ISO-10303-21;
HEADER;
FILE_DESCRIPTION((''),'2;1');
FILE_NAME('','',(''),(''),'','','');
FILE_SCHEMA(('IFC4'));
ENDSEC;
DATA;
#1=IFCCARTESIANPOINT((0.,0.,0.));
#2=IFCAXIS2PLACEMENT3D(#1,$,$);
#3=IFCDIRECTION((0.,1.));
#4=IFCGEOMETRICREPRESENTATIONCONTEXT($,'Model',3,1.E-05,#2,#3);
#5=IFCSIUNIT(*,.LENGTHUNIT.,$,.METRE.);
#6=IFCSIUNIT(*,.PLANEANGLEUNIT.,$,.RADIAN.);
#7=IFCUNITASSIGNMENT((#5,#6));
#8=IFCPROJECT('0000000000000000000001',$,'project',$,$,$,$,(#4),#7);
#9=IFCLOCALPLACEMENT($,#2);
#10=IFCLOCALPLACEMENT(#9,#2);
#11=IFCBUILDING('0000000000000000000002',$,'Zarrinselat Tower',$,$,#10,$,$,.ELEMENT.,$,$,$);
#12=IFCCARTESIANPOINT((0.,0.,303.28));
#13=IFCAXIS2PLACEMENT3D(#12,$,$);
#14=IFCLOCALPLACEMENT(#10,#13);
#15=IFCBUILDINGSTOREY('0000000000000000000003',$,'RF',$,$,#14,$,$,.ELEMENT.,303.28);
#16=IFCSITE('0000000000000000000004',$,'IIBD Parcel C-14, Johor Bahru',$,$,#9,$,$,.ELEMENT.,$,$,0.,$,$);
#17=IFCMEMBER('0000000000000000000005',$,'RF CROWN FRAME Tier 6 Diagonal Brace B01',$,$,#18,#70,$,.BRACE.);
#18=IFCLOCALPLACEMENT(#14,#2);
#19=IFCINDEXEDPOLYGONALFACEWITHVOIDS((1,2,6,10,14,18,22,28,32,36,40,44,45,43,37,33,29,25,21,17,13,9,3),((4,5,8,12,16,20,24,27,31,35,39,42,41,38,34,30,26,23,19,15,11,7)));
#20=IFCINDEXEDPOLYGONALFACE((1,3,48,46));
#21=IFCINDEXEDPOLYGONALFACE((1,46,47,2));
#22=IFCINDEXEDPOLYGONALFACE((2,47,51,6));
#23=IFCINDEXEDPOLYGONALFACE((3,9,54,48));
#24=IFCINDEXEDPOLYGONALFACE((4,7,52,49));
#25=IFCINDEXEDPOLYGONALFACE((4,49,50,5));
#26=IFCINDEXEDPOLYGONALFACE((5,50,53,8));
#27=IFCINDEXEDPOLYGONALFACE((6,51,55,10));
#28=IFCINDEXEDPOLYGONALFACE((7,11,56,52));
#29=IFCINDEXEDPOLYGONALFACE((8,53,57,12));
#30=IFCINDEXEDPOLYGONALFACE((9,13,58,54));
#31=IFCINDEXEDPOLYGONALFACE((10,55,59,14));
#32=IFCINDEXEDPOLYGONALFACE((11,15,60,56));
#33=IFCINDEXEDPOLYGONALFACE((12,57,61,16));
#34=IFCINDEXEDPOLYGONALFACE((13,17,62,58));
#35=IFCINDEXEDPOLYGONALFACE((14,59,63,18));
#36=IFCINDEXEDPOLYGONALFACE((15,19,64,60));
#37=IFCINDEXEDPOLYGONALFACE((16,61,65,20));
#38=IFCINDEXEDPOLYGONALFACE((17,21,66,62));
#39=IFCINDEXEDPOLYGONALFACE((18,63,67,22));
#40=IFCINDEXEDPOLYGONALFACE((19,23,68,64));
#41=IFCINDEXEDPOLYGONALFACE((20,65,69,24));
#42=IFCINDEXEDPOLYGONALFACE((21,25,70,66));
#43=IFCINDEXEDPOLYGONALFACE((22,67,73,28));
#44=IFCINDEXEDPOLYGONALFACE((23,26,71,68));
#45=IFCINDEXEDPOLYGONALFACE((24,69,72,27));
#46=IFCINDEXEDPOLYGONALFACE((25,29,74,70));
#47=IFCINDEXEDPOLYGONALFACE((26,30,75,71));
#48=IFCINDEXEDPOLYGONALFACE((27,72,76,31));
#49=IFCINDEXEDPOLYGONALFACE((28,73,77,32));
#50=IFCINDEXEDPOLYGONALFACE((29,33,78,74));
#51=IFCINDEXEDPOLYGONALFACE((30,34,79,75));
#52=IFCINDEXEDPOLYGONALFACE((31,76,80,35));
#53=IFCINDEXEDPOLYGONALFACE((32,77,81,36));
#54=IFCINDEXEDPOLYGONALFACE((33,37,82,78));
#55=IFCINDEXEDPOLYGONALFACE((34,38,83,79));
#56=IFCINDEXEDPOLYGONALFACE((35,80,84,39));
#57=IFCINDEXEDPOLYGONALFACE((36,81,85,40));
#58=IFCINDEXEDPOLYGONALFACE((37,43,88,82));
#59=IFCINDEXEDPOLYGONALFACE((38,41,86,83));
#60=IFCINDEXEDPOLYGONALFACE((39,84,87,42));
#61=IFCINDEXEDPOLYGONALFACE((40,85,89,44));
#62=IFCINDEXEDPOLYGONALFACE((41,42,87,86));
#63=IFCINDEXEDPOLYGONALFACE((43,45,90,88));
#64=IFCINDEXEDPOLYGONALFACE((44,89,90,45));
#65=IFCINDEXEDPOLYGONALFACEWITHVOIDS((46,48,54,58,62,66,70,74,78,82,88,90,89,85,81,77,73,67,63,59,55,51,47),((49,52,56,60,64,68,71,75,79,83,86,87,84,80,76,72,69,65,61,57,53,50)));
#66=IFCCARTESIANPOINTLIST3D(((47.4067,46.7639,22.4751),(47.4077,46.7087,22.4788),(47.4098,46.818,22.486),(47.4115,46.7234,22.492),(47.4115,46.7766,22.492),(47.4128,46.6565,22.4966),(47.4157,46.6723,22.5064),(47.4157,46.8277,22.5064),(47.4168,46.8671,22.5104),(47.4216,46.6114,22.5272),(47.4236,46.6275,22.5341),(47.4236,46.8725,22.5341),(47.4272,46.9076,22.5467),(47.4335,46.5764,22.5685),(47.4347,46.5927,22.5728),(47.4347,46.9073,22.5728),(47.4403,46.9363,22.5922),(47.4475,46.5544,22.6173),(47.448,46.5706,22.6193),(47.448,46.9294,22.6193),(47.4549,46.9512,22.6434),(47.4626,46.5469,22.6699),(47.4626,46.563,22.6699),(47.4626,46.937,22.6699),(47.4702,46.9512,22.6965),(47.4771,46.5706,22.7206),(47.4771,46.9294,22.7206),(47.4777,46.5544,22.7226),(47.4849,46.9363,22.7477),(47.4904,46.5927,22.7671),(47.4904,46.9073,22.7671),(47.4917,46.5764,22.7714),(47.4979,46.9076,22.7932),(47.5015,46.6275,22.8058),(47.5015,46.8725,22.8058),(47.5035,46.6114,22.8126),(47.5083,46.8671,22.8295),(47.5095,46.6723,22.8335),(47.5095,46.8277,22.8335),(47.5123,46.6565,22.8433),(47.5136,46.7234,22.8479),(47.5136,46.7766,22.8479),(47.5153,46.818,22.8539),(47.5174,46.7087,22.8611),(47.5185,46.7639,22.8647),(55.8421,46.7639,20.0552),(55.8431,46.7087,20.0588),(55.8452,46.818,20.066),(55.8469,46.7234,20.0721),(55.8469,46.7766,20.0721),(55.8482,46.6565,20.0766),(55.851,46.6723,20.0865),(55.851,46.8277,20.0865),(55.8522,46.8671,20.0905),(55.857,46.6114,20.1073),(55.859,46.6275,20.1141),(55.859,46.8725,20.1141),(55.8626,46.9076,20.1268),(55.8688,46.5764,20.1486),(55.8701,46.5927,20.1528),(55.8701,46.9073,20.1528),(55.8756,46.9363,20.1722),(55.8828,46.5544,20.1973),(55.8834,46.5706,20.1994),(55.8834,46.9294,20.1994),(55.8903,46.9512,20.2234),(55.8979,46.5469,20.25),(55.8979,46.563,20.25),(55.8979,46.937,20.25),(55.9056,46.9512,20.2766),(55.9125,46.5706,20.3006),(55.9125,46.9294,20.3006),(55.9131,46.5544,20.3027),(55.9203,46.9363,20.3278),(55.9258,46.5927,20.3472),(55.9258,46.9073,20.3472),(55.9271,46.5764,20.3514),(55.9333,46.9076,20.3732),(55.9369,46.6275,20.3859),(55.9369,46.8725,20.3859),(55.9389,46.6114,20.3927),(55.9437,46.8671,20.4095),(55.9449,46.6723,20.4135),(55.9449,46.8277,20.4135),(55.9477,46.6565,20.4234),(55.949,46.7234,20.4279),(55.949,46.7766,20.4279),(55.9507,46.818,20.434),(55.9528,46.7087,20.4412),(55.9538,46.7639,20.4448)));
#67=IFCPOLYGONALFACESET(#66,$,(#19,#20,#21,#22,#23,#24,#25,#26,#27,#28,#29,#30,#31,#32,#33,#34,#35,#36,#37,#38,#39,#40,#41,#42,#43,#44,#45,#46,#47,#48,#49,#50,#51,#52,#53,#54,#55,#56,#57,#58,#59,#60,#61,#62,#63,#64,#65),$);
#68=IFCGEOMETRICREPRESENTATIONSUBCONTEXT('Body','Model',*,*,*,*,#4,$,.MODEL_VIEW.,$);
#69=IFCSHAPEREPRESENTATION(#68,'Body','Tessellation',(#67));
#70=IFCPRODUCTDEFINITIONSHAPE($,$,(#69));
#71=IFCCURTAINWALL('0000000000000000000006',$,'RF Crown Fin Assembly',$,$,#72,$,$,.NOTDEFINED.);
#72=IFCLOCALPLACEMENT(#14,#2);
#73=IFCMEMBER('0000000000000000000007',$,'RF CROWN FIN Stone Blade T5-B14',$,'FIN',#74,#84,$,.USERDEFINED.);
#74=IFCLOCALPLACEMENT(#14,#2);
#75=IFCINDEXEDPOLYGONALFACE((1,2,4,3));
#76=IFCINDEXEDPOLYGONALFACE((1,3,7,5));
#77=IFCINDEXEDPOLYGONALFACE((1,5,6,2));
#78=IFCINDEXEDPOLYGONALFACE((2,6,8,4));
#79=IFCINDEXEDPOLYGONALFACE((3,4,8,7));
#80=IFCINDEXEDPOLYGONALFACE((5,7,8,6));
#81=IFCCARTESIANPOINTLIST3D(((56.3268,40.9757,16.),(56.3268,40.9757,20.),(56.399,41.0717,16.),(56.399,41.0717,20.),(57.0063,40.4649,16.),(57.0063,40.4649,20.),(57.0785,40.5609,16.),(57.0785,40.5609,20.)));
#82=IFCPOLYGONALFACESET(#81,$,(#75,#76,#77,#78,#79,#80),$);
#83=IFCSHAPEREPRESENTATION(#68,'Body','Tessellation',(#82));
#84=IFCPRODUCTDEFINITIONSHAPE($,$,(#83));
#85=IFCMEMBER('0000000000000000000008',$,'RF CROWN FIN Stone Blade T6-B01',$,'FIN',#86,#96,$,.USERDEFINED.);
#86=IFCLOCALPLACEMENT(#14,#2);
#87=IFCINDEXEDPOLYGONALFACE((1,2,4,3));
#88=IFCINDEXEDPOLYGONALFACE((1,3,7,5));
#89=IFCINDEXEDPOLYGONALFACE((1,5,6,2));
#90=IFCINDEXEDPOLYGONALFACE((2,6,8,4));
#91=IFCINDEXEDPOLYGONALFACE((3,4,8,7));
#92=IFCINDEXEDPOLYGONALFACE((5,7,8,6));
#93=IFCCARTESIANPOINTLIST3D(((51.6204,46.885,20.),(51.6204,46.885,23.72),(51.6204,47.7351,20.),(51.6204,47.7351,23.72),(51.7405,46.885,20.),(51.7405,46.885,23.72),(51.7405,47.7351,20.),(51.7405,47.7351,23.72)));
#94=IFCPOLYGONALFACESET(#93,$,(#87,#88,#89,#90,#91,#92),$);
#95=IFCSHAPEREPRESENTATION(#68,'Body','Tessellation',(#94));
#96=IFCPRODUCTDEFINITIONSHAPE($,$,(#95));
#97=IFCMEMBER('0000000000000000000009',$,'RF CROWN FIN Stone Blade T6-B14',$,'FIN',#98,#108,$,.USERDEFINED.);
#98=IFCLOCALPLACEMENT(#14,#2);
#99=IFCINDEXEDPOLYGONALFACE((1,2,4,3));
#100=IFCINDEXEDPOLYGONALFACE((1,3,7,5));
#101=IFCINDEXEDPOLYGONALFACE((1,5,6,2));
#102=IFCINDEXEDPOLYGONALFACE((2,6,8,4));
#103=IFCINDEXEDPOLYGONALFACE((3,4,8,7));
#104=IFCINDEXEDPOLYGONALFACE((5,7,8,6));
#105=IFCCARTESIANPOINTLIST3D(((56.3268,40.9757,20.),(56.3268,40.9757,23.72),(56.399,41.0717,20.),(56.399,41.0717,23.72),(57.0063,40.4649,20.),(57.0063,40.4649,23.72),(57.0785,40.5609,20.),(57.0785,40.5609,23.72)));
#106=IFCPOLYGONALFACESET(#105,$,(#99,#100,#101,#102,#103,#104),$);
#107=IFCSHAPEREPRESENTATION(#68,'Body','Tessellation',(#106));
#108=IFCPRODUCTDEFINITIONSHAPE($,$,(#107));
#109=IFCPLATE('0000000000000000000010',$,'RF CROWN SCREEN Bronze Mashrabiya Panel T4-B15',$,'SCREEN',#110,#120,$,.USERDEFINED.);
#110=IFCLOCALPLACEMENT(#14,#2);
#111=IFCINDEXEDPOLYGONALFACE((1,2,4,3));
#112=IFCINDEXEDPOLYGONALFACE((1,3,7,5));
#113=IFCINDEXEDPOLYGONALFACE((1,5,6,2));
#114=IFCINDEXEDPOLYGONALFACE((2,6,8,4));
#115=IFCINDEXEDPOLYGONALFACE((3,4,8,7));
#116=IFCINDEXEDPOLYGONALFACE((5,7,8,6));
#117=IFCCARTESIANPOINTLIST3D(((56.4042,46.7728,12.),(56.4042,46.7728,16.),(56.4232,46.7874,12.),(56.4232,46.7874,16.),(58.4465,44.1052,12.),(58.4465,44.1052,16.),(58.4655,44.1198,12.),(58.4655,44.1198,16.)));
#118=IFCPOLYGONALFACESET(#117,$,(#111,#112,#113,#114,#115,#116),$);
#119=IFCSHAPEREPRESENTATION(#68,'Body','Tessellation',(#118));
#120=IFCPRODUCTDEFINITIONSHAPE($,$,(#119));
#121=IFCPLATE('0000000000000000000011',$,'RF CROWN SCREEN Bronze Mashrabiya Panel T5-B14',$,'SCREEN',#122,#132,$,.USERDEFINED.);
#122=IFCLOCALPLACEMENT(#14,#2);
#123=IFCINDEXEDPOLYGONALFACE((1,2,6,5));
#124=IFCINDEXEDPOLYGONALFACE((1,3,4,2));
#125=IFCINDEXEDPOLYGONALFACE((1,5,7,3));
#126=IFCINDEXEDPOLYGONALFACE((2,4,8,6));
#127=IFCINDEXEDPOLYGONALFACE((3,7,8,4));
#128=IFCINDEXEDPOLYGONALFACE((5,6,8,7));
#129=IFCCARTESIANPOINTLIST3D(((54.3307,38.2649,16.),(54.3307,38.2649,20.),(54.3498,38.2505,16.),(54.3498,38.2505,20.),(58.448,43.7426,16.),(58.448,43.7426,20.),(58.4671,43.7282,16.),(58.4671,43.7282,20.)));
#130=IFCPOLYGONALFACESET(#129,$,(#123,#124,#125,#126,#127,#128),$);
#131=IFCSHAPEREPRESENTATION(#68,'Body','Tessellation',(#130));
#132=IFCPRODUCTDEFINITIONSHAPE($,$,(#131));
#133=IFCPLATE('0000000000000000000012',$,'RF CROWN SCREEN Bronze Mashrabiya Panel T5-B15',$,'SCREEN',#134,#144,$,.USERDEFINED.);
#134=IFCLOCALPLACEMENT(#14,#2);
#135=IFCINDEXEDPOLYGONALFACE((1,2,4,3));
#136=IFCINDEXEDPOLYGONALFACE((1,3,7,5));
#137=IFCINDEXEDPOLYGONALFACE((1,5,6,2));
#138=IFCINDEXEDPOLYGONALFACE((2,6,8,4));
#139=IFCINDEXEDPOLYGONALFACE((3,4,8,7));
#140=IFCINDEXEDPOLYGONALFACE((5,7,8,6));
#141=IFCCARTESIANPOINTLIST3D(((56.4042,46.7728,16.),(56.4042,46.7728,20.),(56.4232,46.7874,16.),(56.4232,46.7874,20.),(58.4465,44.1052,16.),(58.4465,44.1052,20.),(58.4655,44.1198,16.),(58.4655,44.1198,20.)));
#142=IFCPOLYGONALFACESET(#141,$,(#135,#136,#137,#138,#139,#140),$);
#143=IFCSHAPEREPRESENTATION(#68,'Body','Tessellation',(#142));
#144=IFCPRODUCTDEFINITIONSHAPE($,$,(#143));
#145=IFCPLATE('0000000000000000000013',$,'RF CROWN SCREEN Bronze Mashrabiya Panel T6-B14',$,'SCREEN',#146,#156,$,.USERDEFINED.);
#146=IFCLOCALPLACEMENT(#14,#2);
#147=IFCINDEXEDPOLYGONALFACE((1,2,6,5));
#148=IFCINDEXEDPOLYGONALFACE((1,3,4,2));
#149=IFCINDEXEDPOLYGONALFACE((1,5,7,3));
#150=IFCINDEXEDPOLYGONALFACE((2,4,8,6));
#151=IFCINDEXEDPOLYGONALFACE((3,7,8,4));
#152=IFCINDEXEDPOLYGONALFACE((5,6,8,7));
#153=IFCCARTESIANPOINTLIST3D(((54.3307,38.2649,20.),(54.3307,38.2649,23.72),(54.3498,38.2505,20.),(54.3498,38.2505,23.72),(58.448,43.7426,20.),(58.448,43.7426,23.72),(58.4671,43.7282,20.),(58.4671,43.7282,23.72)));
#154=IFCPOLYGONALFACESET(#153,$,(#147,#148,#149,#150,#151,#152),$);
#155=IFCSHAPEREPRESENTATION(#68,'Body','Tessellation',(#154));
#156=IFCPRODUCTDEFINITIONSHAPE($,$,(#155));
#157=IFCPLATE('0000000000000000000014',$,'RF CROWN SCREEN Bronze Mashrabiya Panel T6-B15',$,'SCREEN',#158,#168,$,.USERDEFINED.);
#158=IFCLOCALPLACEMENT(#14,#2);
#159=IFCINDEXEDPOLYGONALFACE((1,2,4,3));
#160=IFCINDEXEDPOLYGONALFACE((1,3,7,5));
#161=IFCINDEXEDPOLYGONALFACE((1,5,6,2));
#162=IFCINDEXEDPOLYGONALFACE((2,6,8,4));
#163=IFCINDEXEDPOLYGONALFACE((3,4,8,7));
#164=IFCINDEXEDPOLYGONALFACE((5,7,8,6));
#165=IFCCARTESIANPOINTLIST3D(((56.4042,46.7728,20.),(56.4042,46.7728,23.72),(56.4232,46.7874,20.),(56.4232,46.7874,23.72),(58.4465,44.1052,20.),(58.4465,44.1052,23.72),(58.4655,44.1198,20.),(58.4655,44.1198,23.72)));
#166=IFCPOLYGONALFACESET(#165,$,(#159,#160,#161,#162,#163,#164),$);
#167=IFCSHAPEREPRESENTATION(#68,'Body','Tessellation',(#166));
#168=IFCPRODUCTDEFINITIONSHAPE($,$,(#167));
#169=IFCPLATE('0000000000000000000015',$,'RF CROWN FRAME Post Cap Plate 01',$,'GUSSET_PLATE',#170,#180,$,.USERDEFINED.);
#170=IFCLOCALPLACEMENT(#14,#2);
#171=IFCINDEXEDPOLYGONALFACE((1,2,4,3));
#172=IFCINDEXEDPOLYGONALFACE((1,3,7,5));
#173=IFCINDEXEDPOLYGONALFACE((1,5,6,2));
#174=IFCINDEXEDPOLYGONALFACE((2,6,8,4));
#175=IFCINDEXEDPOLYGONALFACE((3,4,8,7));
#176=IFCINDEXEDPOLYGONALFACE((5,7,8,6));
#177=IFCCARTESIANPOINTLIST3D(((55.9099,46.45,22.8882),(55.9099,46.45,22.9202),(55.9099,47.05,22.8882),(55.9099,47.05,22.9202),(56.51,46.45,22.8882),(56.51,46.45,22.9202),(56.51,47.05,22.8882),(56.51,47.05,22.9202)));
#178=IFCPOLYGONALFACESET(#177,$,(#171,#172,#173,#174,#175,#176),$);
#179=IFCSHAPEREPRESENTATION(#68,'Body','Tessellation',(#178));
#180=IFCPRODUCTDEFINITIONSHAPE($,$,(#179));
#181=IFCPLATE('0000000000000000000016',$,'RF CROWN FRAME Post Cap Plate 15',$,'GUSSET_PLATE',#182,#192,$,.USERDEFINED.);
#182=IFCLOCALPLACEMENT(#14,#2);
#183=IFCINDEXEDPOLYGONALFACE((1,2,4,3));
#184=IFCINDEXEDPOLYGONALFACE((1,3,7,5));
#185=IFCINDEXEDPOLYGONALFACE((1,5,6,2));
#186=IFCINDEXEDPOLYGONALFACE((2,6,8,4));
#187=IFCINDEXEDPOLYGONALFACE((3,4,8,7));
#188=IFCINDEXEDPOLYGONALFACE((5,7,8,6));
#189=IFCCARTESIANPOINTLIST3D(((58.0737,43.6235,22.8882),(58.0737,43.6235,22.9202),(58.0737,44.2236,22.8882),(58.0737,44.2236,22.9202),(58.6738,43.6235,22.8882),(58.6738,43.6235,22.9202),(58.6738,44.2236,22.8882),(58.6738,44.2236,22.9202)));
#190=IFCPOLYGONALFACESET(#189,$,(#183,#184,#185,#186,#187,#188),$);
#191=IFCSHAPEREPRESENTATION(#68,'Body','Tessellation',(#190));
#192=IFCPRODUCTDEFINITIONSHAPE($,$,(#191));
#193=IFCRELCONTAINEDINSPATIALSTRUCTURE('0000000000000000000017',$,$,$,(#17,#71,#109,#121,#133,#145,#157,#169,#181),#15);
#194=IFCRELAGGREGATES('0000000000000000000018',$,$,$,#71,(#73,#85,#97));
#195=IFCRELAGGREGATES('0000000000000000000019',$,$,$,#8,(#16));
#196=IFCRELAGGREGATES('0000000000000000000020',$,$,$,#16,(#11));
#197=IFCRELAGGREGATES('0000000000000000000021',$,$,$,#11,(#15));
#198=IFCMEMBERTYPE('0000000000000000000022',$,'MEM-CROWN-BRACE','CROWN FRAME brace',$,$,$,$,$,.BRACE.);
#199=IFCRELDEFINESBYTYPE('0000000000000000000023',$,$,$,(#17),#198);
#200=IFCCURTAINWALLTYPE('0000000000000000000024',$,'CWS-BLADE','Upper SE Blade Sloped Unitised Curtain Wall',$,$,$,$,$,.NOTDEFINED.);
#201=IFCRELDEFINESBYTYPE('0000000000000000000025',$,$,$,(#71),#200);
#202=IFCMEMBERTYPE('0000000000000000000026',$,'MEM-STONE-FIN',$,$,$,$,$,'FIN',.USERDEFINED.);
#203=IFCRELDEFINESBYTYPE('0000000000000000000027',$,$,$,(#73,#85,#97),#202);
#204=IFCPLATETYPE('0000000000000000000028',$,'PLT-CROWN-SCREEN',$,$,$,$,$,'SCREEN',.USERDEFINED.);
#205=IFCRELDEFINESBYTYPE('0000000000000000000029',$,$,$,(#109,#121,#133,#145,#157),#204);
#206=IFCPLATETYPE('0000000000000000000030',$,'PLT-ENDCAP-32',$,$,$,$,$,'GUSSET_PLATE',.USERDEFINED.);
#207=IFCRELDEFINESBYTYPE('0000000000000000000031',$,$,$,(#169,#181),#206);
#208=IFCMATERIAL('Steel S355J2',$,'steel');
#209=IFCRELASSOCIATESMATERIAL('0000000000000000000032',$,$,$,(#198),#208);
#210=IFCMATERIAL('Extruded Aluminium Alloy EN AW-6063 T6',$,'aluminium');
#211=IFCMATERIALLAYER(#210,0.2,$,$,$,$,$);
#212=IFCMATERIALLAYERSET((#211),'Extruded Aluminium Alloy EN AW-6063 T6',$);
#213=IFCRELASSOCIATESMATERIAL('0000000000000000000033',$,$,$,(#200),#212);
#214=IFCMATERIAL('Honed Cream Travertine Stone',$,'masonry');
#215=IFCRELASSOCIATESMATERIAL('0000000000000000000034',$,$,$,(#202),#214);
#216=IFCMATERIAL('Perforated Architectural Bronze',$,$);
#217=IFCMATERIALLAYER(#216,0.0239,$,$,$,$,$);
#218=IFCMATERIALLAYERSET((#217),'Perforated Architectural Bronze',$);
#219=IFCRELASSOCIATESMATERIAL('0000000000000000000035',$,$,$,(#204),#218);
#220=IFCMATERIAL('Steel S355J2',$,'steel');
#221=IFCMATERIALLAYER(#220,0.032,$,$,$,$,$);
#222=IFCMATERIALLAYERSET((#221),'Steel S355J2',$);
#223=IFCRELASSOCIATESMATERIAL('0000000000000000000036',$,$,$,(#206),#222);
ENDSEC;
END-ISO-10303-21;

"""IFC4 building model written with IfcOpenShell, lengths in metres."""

from ifc_helpers import new_model, si_unit, direction, frame, origin, origin_2d, place, context, subcontext, project, spatial, rectangle, hollow_circle, extrude, material, layer, layer_set, material_profile, profile_set, type_object, element, aggregate, save


model = new_model("IFC4")

# Units and contexts
model_context = context("Model", 3, precision=1e-05, world=origin(), true_north=direction((0.0, 1.0)))
body_context = subcontext(model_context, "Body", "Model", "MODEL_VIEW")
ifc_project = project(units=[si_unit("LENGTHUNIT", "METRE"), si_unit("PLANEANGLEUNIT", "RADIAN")], contexts=[model_context])

# Site, building, storey
site_placement = place(None, origin())
site = spatial("IfcSite", under=ifc_project, at=site_placement, Name="IIBD Parcel C-14, Johor Bahru", CompositionType="ELEMENT", RefElevation=0.0)
building_placement = place(site_placement, origin())
building = spatial("IfcBuilding", under=site, at=building_placement, Name="Zarrinselat Tower", CompositionType="ELEMENT")
storey_placement = place(building_placement, frame((0.0, 0.0, 303.28)))
storey = spatial("IfcBuildingStorey", under=building, at=storey_placement, Name="RF", CompositionType="ELEMENT", Elevation=303.28)

# Member
ifc_material_1 = material(Name="Steel S355J2", Category="steel")
ifc_material_profile_1 = material_profile(ifc_material_1, hollow_circle(Radius=0.2031, WallThickness=0.0161, at=origin_2d()), Name="CHS 406.4x16")
ifc_profile_set_1 = profile_set([ifc_material_profile_1], Name="Steel S355J2")
member_type_1 = type_object("IfcMemberType", Name="MEM-CROWN-BRACE", Description="CROWN FRAME brace", PredefinedType="BRACE", material=ifc_profile_set_1)
member_1_placement = place(storey_placement, frame((55.8979, 46.75, 20.25), z_axis=(-0.961227, 0.0, 0.275757), x_axis=(0.0, -1.0, 0.0)))
element("IfcMember", 1, at=member_1_placement, inside=storey, type_object=member_type_1, Name="RF CROWN FRAME Tier 6 Diagonal Brace B01", PredefinedType="BRACE", context=body_context, shape_type="SweptSolid", body=[
    extrude(hollow_circle(Radius=0.2031, WallThickness=0.0161, at=origin_2d()), origin(), (0.0, 0.0, 1.0), 8.7756),
])

# Curtain wall, members
ifc_material_2 = material(Name="Extruded Aluminium Alloy EN AW-6063 T6", Category="aluminium")
ifc_layer_1 = layer(ifc_material_2, 0.2)
ifc_layer_set_1 = layer_set([ifc_layer_1], Name="Extruded Aluminium Alloy EN AW-6063 T6")
curtain_wall_type = type_object("IfcCurtainWallType", Name="CWS-BLADE", Description="Upper SE Blade Sloped Unitised Curtain Wall", PredefinedType="NOTDEFINED", material=ifc_layer_set_1)
curtain_wall_placement = place(storey_placement, origin())
curtain_wall = element("IfcCurtainWall", 2, at=curtain_wall_placement, inside=storey, type_object=curtain_wall_type, Name="RF Crown Fin Assembly", PredefinedType="NOTDEFINED")
ifc_material_3 = material(Name="Honed Cream Travertine Stone", Category="masonry")
ifc_material_profile_2 = material_profile(ifc_material_3, rectangle(XDim=0.1201, YDim=0.8501, at=origin_2d()), Name="FIN 850x120")
ifc_profile_set_2 = profile_set([ifc_material_profile_2], Name="Honed Cream Travertine Stone")
member_type_2 = type_object("IfcMemberType", Name="MEM-STONE-FIN", ElementType="FIN", PredefinedType="USERDEFINED", material=ifc_profile_set_2)
member_2_placement = place(storey_placement, frame((56.7026, 40.7683, 16.0), z_axis=(0.0, 0.0, 1.0), x_axis=(-0.600844, -0.799367, 0.0)))
member_2 = element("IfcMember", 3, at=member_2_placement, type_object=member_type_2, Name="RF CROWN FIN Stone Blade T5-B14", ObjectType="FIN", PredefinedType="USERDEFINED", context=body_context, shape_type="SweptSolid", body=[
    extrude(rectangle(XDim=0.1201, YDim=0.8501, at=origin_2d()), origin(), (0.0, 0.0, 1.0), 4.0),
])
member_3_placement = place(storey_placement, frame((51.6804, 47.3101, 20.0), z_axis=(0.0, 0.0, 1.0), x_axis=(1.0, 0.0, 0.0)))
member_3 = element("IfcMember", 4, at=member_3_placement, type_object=member_type_2, Name="RF CROWN FIN Stone Blade T6-B01", ObjectType="FIN", PredefinedType="USERDEFINED", context=body_context, shape_type="SweptSolid", body=[
    extrude(rectangle(XDim=0.1201, YDim=0.8501, at=origin_2d()), origin(), (0.0, 0.0, 1.0), 3.72),
])
member_4_placement = place(storey_placement, frame((56.7026, 40.7683, 20.0), z_axis=(0.0, 0.0, 1.0), x_axis=(-0.600844, -0.799367, 0.0)))
member_4 = element("IfcMember", 5, at=member_4_placement, type_object=member_type_2, Name="RF CROWN FIN Stone Blade T6-B14", ObjectType="FIN", PredefinedType="USERDEFINED", context=body_context, shape_type="SweptSolid", body=[
    extrude(rectangle(XDim=0.1201, YDim=0.8501, at=origin_2d()), origin(), (0.0, 0.0, 1.0), 3.72),
])
aggregate(curtain_wall, [member_2, member_3, member_4])

# Plates
ifc_material_4 = material(Name="Perforated Architectural Bronze")
ifc_layer_2 = layer(ifc_material_4, 0.0239)
ifc_layer_set_2 = layer_set([ifc_layer_2], Name="Perforated Architectural Bronze")
plate_type_1 = type_object("IfcPlateType", Name="PLT-CROWN-SCREEN", ElementType="SCREEN", PredefinedType="USERDEFINED", material=ifc_layer_set_2)
plate_1_placement = place(storey_placement, frame((57.4348, 45.4463, 12.0), z_axis=(0.0, 0.0, 1.0), x_axis=(-0.607895, 0.794017, 0.0)))
element("IfcPlate", 6, at=plate_1_placement, inside=storey, type_object=plate_type_1, Name="RF CROWN SCREEN Bronze Mashrabiya Panel T4-B15", ObjectType="SCREEN", PredefinedType="USERDEFINED", context=body_context, shape_type="SweptSolid", body=[
    extrude(rectangle(XDim=3.3596, YDim=0.0239, at=origin_2d()), origin(), (0.0, 0.0, 1.0), 4.0),
])
plate_2_placement = place(storey_placement, frame((56.3989, 40.9966, 16.0), z_axis=(0.0, 0.0, 1.0), x_axis=(0.600844, 0.799367, 0.0)))
element("IfcPlate", 7, at=plate_2_placement, inside=storey, type_object=plate_type_1, Name="RF CROWN SCREEN Bronze Mashrabiya Panel T5-B14", ObjectType="SCREEN", PredefinedType="USERDEFINED", context=body_context, shape_type="SweptSolid", body=[
    extrude(rectangle(XDim=6.8525, YDim=0.0239, at=origin_2d()), origin(), (0.0, 0.0, 1.0), 4.0),
])
plate_3_placement = place(storey_placement, frame((57.4348, 45.4463, 16.0), z_axis=(0.0, 0.0, 1.0), x_axis=(-0.607895, 0.794017, 0.0)))
element("IfcPlate", 8, at=plate_3_placement, inside=storey, type_object=plate_type_1, Name="RF CROWN SCREEN Bronze Mashrabiya Panel T5-B15", ObjectType="SCREEN", PredefinedType="USERDEFINED", context=body_context, shape_type="SweptSolid", body=[
    extrude(rectangle(XDim=3.3596, YDim=0.0239, at=origin_2d()), origin(), (0.0, 0.0, 1.0), 4.0),
])
plate_4_placement = place(storey_placement, frame((56.3989, 40.9966, 20.0), z_axis=(0.0, 0.0, 1.0), x_axis=(0.600844, 0.799367, 0.0)))
element("IfcPlate", 9, at=plate_4_placement, inside=storey, type_object=plate_type_1, Name="RF CROWN SCREEN Bronze Mashrabiya Panel T6-B14", ObjectType="SCREEN", PredefinedType="USERDEFINED", context=body_context, shape_type="SweptSolid", body=[
    extrude(rectangle(XDim=6.8525, YDim=0.0239, at=origin_2d()), origin(), (0.0, 0.0, 1.0), 3.72),
])
plate_5_placement = place(storey_placement, frame((57.4348, 45.4463, 20.0), z_axis=(0.0, 0.0, 1.0), x_axis=(-0.607895, 0.794017, 0.0)))
element("IfcPlate", 10, at=plate_5_placement, inside=storey, type_object=plate_type_1, Name="RF CROWN SCREEN Bronze Mashrabiya Panel T6-B15", ObjectType="SCREEN", PredefinedType="USERDEFINED", context=body_context, shape_type="SweptSolid", body=[
    extrude(rectangle(XDim=3.3596, YDim=0.0239, at=origin_2d()), origin(), (0.0, 0.0, 1.0), 3.72),
])
ifc_material_5 = material(Name="Steel S355J2", Category="steel")
ifc_layer_3 = layer(ifc_material_5, 0.032)
ifc_layer_set_3 = layer_set([ifc_layer_3], Name="Steel S355J2")
plate_type_2 = type_object("IfcPlateType", Name="PLT-ENDCAP-32", ElementType="GUSSET_PLATE", PredefinedType="USERDEFINED", material=ifc_layer_set_3)
for number, where, z_axis, x_axis, name in (
    (11, (56.21, 46.75, 22.8882), (0.0, 0.0, 1.0), (1.0, 0.0, 0.0), "RF CROWN FRAME Post Cap Plate 01"),
    (12, (58.3738, 43.9236, 22.8882), (0.0, 0.0, 1.0), (1.0, 0.0, 0.0), "RF CROWN FRAME Post Cap Plate 15"),
):
    element("IfcPlate", number, at=place(storey_placement, frame(where, z_axis=z_axis, x_axis=x_axis)), inside=storey, type_object=plate_type_2, Name=name, ObjectType="GUSSET_PLATE", PredefinedType="USERDEFINED", context=body_context, shape_type="SweptSolid", body=[
        extrude(rectangle(XDim=0.6001, YDim=0.6001, at=origin_2d()), origin(), (0.0, 0.0, 1.0), 0.032),
    ])

save(model, "model.ifc")
